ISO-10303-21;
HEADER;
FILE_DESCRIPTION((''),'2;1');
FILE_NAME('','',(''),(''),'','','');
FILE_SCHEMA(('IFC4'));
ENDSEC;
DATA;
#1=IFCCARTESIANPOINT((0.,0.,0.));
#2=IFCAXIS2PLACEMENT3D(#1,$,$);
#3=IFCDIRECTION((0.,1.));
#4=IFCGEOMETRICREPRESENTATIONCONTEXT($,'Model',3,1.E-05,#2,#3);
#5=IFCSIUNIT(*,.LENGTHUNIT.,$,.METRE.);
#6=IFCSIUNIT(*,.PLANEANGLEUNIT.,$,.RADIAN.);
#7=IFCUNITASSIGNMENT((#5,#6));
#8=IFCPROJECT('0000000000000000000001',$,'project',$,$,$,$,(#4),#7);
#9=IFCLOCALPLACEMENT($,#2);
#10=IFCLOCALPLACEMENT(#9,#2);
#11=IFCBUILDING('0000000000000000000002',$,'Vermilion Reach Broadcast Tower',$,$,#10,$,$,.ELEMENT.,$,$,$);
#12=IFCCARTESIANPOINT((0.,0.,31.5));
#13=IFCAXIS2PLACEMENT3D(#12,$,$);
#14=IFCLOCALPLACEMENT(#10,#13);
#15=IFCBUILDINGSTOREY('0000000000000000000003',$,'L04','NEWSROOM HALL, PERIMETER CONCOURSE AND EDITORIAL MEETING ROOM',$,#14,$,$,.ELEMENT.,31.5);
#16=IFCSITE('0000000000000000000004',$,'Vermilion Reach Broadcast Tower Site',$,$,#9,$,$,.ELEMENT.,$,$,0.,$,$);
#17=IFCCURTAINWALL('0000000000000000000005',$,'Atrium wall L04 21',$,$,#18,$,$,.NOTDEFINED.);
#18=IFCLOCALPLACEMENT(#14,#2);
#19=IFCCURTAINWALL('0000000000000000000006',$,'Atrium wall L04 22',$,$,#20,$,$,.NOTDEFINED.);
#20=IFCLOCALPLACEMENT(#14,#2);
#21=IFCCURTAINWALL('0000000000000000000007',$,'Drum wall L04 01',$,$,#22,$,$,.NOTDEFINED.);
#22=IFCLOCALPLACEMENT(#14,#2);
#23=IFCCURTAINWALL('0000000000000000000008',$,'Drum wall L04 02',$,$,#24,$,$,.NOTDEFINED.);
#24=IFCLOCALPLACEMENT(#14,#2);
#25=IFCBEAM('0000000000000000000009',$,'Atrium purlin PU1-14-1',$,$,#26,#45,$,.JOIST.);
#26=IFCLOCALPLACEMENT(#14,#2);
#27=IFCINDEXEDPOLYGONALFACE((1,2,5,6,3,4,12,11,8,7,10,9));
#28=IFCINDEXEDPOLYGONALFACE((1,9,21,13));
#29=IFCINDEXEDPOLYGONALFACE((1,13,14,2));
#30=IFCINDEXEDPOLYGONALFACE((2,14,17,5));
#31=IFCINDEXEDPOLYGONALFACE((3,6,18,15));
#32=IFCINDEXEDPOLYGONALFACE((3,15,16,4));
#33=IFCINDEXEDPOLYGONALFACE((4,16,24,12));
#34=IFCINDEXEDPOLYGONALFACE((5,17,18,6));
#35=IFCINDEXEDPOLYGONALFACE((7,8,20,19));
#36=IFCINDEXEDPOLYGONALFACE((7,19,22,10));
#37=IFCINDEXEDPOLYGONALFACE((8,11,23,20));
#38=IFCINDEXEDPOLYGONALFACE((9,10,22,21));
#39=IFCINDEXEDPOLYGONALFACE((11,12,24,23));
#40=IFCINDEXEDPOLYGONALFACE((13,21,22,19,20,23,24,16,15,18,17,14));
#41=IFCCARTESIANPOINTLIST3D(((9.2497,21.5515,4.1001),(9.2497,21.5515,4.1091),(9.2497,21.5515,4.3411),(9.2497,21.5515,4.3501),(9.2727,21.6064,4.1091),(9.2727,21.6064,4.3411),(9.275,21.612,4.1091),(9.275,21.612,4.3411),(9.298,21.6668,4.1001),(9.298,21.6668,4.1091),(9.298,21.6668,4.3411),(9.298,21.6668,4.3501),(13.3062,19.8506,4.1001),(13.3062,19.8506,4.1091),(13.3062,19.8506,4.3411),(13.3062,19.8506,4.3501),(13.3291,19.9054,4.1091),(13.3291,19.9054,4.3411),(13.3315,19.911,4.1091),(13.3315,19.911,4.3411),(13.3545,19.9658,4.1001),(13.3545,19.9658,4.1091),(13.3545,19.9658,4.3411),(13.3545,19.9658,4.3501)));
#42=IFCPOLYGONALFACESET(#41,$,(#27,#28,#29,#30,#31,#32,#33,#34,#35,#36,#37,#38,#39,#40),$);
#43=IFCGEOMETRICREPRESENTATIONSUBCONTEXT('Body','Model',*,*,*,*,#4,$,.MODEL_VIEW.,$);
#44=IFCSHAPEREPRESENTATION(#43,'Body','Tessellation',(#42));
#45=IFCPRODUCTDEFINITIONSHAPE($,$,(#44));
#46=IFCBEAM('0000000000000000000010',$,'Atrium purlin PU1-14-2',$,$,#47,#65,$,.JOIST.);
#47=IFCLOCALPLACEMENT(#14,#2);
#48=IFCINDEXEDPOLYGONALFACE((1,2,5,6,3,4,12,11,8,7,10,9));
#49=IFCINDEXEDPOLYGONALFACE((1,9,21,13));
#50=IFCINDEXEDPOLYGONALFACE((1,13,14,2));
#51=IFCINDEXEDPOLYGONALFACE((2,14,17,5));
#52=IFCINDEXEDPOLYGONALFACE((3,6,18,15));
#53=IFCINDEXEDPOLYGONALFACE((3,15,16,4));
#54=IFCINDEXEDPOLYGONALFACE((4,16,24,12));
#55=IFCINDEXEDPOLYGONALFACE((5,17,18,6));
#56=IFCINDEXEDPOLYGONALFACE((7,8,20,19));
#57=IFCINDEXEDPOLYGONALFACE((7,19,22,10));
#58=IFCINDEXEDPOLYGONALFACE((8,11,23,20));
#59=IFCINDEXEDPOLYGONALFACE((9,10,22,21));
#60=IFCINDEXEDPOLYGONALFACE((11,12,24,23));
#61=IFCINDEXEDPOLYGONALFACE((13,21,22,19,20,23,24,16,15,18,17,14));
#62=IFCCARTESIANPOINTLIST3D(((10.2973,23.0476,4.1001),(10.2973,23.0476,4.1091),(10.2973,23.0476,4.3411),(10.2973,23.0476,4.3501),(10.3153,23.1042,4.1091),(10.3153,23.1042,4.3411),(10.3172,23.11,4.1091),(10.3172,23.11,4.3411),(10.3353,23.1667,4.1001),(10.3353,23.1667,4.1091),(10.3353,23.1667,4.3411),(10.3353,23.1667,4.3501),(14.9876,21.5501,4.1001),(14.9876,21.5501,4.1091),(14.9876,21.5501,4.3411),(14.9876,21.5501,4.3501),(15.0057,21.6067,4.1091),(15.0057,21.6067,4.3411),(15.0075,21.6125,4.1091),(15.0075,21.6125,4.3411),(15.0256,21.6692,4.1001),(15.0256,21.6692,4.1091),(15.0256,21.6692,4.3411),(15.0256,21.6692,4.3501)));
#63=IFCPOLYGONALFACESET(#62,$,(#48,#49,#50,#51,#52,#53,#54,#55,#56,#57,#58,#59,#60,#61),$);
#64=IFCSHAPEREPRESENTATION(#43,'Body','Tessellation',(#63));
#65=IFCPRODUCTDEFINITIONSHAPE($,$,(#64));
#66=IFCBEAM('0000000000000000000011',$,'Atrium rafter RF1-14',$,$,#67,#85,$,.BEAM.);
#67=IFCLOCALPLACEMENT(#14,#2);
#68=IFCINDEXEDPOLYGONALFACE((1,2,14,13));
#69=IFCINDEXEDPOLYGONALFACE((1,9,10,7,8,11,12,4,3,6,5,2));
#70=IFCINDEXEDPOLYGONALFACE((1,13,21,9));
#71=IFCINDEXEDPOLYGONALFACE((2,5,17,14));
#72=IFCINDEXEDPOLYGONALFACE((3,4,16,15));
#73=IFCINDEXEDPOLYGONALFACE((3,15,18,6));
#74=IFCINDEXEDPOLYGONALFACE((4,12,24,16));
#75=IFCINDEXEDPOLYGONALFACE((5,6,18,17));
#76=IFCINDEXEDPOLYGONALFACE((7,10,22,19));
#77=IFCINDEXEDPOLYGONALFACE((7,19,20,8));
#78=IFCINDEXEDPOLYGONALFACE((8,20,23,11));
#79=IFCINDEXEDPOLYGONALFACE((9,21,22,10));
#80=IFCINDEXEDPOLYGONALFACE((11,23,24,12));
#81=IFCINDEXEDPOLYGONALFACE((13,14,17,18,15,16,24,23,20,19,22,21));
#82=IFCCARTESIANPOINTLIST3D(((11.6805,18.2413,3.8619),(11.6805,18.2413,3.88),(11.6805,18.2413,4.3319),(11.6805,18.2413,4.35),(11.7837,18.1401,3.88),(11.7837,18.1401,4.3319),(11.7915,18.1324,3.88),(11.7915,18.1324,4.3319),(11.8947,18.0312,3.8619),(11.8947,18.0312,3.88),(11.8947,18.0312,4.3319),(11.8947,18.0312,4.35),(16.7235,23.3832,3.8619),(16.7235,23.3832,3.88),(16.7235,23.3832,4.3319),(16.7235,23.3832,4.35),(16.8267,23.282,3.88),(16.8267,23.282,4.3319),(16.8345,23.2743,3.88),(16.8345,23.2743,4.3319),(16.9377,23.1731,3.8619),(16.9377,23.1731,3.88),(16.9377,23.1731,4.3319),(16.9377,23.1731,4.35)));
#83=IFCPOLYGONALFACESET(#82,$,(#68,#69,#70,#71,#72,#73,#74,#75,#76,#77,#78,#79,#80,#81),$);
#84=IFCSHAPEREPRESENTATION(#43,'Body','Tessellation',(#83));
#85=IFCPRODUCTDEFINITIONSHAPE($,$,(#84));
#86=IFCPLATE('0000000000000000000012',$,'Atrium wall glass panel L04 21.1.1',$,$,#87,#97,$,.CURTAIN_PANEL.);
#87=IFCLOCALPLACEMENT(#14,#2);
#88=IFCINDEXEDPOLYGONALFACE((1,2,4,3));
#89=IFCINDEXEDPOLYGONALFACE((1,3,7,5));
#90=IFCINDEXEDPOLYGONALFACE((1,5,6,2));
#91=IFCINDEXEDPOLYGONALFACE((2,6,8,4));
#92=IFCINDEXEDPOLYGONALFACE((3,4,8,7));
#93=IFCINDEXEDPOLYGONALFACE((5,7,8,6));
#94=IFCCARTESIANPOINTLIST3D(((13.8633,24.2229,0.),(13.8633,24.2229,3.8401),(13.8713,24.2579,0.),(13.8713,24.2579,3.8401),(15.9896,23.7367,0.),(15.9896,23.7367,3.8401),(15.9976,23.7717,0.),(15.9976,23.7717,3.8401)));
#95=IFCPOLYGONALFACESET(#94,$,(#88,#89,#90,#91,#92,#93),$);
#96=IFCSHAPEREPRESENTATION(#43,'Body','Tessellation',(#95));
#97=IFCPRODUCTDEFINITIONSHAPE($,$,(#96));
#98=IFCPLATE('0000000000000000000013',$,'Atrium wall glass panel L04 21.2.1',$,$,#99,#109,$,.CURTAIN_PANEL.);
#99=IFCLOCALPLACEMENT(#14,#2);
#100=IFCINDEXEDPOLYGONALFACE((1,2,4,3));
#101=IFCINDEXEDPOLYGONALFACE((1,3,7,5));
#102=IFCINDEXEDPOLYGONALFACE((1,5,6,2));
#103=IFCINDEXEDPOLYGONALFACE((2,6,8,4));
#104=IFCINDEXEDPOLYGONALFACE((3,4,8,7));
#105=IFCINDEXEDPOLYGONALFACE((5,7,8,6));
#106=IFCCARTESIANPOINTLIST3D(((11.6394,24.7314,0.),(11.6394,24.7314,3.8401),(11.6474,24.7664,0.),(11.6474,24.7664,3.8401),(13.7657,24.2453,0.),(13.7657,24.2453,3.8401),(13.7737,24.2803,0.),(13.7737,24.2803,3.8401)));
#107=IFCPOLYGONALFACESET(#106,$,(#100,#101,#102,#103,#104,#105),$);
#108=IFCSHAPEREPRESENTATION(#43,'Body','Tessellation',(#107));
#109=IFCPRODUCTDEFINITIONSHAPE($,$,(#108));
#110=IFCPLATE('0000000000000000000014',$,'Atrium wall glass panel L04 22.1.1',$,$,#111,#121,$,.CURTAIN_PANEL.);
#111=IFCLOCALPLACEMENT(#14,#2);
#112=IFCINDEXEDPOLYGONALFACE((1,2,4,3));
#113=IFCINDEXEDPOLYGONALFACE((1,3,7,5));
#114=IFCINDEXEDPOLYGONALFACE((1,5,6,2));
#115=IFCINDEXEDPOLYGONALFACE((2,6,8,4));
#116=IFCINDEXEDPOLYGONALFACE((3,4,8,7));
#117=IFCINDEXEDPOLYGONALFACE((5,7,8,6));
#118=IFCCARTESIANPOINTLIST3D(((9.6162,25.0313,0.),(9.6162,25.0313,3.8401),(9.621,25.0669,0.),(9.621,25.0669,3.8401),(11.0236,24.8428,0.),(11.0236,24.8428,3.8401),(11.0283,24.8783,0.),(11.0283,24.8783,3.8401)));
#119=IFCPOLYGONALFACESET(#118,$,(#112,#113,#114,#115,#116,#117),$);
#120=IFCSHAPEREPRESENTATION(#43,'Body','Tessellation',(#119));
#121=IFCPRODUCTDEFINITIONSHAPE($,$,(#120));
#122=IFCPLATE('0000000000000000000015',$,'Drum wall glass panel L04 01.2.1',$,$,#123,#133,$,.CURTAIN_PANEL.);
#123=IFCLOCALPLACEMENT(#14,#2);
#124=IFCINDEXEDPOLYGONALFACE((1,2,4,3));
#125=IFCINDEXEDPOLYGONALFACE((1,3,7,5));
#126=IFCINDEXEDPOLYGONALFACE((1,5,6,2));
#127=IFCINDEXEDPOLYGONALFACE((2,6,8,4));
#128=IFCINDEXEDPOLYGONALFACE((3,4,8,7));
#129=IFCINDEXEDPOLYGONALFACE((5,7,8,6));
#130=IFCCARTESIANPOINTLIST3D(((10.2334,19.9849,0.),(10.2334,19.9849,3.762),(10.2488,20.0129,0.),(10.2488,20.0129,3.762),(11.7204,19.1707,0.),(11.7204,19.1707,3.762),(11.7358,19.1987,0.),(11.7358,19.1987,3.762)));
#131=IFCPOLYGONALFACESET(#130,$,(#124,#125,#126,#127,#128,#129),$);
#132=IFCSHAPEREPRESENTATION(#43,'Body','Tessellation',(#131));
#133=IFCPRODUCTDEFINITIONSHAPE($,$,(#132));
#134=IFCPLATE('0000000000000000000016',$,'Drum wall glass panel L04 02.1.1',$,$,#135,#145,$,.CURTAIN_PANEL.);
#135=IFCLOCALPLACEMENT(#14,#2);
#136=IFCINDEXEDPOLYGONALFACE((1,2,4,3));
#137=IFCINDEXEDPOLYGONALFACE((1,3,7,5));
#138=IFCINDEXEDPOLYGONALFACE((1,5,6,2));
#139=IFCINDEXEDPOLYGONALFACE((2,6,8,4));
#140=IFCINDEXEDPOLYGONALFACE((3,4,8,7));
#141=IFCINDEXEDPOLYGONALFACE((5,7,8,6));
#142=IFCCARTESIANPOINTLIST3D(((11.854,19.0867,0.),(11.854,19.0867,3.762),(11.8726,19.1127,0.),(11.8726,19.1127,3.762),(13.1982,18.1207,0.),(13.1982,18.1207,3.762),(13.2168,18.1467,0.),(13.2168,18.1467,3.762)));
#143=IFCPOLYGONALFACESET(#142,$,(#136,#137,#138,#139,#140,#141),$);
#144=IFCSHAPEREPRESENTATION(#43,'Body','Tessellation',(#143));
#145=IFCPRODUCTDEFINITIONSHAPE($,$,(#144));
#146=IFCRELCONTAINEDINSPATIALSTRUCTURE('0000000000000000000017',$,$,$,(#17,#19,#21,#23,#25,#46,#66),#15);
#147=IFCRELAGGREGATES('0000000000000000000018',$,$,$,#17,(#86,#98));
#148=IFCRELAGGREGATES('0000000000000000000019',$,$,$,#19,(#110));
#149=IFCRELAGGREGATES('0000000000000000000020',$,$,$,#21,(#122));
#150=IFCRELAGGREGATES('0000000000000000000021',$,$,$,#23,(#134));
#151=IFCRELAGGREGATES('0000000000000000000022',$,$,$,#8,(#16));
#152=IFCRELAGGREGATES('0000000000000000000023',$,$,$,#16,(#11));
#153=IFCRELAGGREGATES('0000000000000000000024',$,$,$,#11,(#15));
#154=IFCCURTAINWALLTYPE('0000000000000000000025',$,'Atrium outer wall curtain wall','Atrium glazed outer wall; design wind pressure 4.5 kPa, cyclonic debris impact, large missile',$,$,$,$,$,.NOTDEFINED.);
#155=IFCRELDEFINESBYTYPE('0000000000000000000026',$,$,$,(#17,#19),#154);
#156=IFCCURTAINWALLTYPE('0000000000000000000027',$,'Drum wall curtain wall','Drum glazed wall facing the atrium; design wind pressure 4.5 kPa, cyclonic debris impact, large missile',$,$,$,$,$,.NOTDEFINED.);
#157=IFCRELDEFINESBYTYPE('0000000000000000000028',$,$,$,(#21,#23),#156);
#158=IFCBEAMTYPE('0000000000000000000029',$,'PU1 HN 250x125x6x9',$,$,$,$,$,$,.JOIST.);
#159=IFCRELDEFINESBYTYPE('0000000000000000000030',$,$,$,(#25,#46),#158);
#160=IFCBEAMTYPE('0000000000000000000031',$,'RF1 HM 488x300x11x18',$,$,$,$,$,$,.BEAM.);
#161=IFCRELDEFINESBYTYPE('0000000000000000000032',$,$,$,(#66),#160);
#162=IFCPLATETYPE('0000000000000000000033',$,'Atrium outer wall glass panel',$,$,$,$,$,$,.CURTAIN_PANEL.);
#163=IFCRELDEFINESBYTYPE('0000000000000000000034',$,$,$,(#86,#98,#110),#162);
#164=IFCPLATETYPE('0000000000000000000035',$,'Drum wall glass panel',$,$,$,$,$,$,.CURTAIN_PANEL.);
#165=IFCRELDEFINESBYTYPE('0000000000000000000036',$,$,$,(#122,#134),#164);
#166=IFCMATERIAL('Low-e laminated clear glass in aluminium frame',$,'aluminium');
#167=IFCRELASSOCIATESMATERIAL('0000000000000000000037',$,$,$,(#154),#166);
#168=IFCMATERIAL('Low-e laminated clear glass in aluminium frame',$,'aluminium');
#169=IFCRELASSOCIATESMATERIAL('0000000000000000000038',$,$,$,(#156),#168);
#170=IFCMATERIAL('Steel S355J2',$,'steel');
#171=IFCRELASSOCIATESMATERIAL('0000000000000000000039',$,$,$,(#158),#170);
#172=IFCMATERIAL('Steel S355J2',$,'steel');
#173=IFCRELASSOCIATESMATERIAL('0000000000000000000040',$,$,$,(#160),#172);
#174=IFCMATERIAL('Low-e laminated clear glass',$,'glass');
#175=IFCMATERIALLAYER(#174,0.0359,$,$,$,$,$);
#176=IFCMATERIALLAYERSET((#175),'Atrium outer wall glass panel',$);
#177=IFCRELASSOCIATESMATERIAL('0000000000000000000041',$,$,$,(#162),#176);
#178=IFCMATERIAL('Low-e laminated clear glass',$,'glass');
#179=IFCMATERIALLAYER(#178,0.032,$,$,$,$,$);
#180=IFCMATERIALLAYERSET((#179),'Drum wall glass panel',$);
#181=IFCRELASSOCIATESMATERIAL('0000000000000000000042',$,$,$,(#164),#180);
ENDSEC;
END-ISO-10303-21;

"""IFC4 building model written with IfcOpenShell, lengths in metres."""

from ifc_helpers import new_model, si_unit, direction, frame, origin, origin_2d, place, context, subcontext, project, spatial, rectangle, i_section, extrude, material, layer, layer_set, material_profile, profile_set, type_object, element, aggregate, save


model = new_model("IFC4")

# Units and contexts
model_context = context("Model", 3, precision=1e-05, world=origin(), true_north=direction((0.0, 1.0)))
body_context = subcontext(model_context, "Body", "Model", "MODEL_VIEW")
ifc_project = project(units=[si_unit("LENGTHUNIT", "METRE"), si_unit("PLANEANGLEUNIT", "RADIAN")], contexts=[model_context])

# Site, building, storey
site_placement = place(None, origin())
site = spatial("IfcSite", under=ifc_project, at=site_placement, Name="Vermilion Reach Broadcast Tower Site", CompositionType="ELEMENT", RefElevation=0.0)
building_placement = place(site_placement, origin())
building = spatial("IfcBuilding", under=site, at=building_placement, Name="Vermilion Reach Broadcast Tower", CompositionType="ELEMENT")
storey_placement = place(building_placement, frame((0.0, 0.0, 31.5)))
storey = spatial("IfcBuildingStorey", under=building, at=storey_placement, Name="L04", Description="NEWSROOM HALL, PERIMETER CONCOURSE AND EDITORIAL MEETING ROOM", CompositionType="ELEMENT", Elevation=31.5)

# Curtain wall
ifc_material_1 = material(Name="Low-e laminated clear glass in aluminium frame", Category="aluminium")
curtain_wall_type_1 = type_object("IfcCurtainWallType", Name="Atrium outer wall curtain wall", Description="Atrium glazed outer wall; design wind pressure 4.5 kPa, cyclonic debris impact, large missile", PredefinedType="NOTDEFINED", material=ifc_material_1)
placement = place(storey_placement, origin())
curtain_wall_1 = element("IfcCurtainWall", 1, at=placement, inside=storey, type_object=curtain_wall_type_1, Name="Atrium wall L04 21", PredefinedType="NOTDEFINED")

# Curtain wall
curtain_wall_2 = element("IfcCurtainWall", 2, at=placement, inside=storey, type_object=curtain_wall_type_1, Name="Atrium wall L04 22", PredefinedType="NOTDEFINED")

# Curtain wall
ifc_material_2 = material(Name="Low-e laminated clear glass in aluminium frame", Category="aluminium")
curtain_wall_type_2 = type_object("IfcCurtainWallType", Name="Drum wall curtain wall", Description="Drum glazed wall facing the atrium; design wind pressure 4.5 kPa, cyclonic debris impact, large missile", PredefinedType="NOTDEFINED", material=ifc_material_2)
curtain_wall_3 = element("IfcCurtainWall", 3, at=placement, inside=storey, type_object=curtain_wall_type_2, Name="Drum wall L04 01", PredefinedType="NOTDEFINED")

# Curtain wall
curtain_wall_4 = element("IfcCurtainWall", 4, at=placement, inside=storey, type_object=curtain_wall_type_2, Name="Drum wall L04 02", PredefinedType="NOTDEFINED")

# Beams
ifc_material_3 = material(Name="Steel S355J2", Category="steel")
ifc_material_profile_1 = material_profile(ifc_material_3, i_section(OverallWidth=0.125, OverallDepth=0.25, WebThickness=0.0061, FlangeThickness=0.009, at=origin_2d()), Name="S355J2 HN 250x125x6x9")
ifc_profile_set_1 = profile_set([ifc_material_profile_1], Name="Steel S355J2")
beam_type_1 = type_object("IfcBeamType", Name="PU1 HN 250x125x6x9", PredefinedType="JOIST", material=ifc_profile_set_1)
beam_1_placement = place(storey_placement, frame((13.3303, 19.9082, 4.2251), z_axis=(-0.922206, 0.386699, 0.0), x_axis=(-0.386699, -0.922206, 0.0)))
element("IfcBeam", 5, at=beam_1_placement, inside=storey, type_object=beam_type_1, Name="Atrium purlin PU1-14-1", PredefinedType="JOIST", context=body_context, shape_type="SweptSolid", body=[
    extrude(i_section(OverallWidth=0.125, OverallDepth=0.25, WebThickness=0.0061, FlangeThickness=0.009, at=origin_2d()), origin(), (0.0, 0.0, 1.0), 4.3987),
])
beam_2_placement = place(storey_placement, frame((15.0066, 21.6096, 4.2251), z_axis=(-0.952623, 0.304153, 0.0), x_axis=(-0.304153, -0.952623, 0.0)))
element("IfcBeam", 6, at=beam_2_placement, inside=storey, type_object=beam_type_1, Name="Atrium purlin PU1-14-2", PredefinedType="JOIST", context=body_context, shape_type="SweptSolid", body=[
    extrude(i_section(OverallWidth=0.125, OverallDepth=0.25, WebThickness=0.0061, FlangeThickness=0.009, at=origin_2d()), origin(), (0.0, 0.0, 1.0), 4.9236),
])
ifc_material_4 = material(Name="Steel S355J2", Category="steel")
ifc_material_profile_2 = material_profile(ifc_material_4, i_section(OverallWidth=0.3, OverallDepth=0.488, WebThickness=0.011, FlangeThickness=0.0181, at=origin_2d()), Name="S355J2 HM 488x300x11x18")
ifc_profile_set_2 = profile_set([ifc_material_profile_2], Name="Steel S355J2")
beam_type_2 = type_object("IfcBeamType", Name="RF1 HM 488x300x11x18", PredefinedType="BEAM", material=ifc_profile_set_2)
beam_3_placement = place(storey_placement, frame((11.7876, 18.1362, 4.106), z_axis=(0.700209, 0.713938, 0.0), x_axis=(-0.713938, 0.700209, 0.0)))
element("IfcBeam", 7, at=beam_3_placement, inside=storey, type_object=beam_type_2, Name="Atrium rafter RF1-14", PredefinedType="BEAM", context=body_context, shape_type="SweptSolid", body=[
    extrude(i_section(OverallWidth=0.3, OverallDepth=0.488, WebThickness=0.011, FlangeThickness=0.0181, at=origin_2d()), origin(), (0.0, 0.0, 1.0), 7.2021),
])

# Plates
ifc_material_5 = material(Name="Low-e laminated clear glass", Category="glass")
ifc_layer_1 = layer(ifc_material_5, 0.0359)
ifc_layer_set_1 = layer_set([ifc_layer_1], Name="Atrium outer wall glass panel")
plate_type_1 = type_object("IfcPlateType", Name="Atrium outer wall glass panel", PredefinedType="CURTAIN_PANEL", material=ifc_layer_set_1)
plate_1_placement = place(storey_placement, frame((14.9304, 23.9973, 0.0), z_axis=(0.0, 0.0, 1.0), x_axis=(-0.974843, 0.222892, 0.0)))
plate_1 = element("IfcPlate", 8, at=plate_1_placement, type_object=plate_type_1, Name="Atrium wall glass panel L04 21.1.1", PredefinedType="CURTAIN_PANEL", context=body_context, shape_type="SweptSolid", body=[
    extrude(rectangle(XDim=2.1812, YDim=0.0359, at=origin_2d()), origin(), (0.0, 0.0, 1.0), 3.8401),
])
plate_2_placement = place(storey_placement, frame((12.7065, 24.5059, 0.0), z_axis=(0.0, 0.0, 1.0), x_axis=(-0.974843, 0.222892, 0.0)))
plate_2 = element("IfcPlate", 9, at=plate_2_placement, type_object=plate_type_1, Name="Atrium wall glass panel L04 21.2.1", PredefinedType="CURTAIN_PANEL", context=body_context, shape_type="SweptSolid", body=[
    extrude(rectangle(XDim=2.1812, YDim=0.0359, at=origin_2d()), origin(), (0.0, 0.0, 1.0), 3.8401),
])
aggregate(curtain_wall_1, [plate_1, plate_2])
plate_3_placement = place(storey_placement, frame((10.3223, 24.9548, 0.0), z_axis=(0.0, 0.0, 1.0), x_axis=(-0.991144, 0.132794, 0.0)))
plate_3 = element("IfcPlate", 10, at=plate_3_placement, type_object=plate_type_1, Name="Atrium wall glass panel L04 22.1.1", PredefinedType="CURTAIN_PANEL", context=body_context, shape_type="SweptSolid", body=[
    extrude(rectangle(XDim=1.4199, YDim=0.0359, at=origin_2d()), origin(), (0.0, 0.0, 1.0), 3.8401),
])
aggregate(curtain_wall_2, [plate_3])
ifc_material_6 = material(Name="Low-e laminated clear glass", Category="glass")
ifc_layer_2 = layer(ifc_material_6, 0.032)
ifc_layer_set_2 = layer_set([ifc_layer_2], Name="Drum wall glass panel")
plate_type_2 = type_object("IfcPlateType", Name="Drum wall glass panel", PredefinedType="CURTAIN_PANEL", material=ifc_layer_set_2)
plate_4_placement = place(storey_placement, frame((10.9846, 19.5918, 0.0), z_axis=(0.0, 0.0, 1.0), x_axis=(0.877121, -0.480269, 0.0)))
plate_4 = element("IfcPlate", 11, at=plate_4_placement, type_object=plate_type_2, Name="Drum wall glass panel L04 01.2.1", PredefinedType="CURTAIN_PANEL", context=body_context, shape_type="SweptSolid", body=[
    extrude(rectangle(XDim=1.6953, YDim=0.032, at=origin_2d()), origin(), (0.0, 0.0, 1.0), 3.762),
])
aggregate(curtain_wall_3, [plate_4])
plate_5_placement = place(storey_placement, frame((12.5354, 18.6167, 0.0), z_axis=(0.0, 0.0, 1.0), x_axis=(0.812051, -0.583587, 0.0)))
plate_5 = element("IfcPlate", 12, at=plate_5_placement, type_object=plate_type_2, Name="Drum wall glass panel L04 02.1.1", PredefinedType="CURTAIN_PANEL", context=body_context, shape_type="SweptSolid", body=[
    extrude(rectangle(XDim=1.6553, YDim=0.032, at=origin_2d()), origin(), (0.0, 0.0, 1.0), 3.762),
])
aggregate(curtain_wall_4, [plate_5])

save(model, "model.ifc")
